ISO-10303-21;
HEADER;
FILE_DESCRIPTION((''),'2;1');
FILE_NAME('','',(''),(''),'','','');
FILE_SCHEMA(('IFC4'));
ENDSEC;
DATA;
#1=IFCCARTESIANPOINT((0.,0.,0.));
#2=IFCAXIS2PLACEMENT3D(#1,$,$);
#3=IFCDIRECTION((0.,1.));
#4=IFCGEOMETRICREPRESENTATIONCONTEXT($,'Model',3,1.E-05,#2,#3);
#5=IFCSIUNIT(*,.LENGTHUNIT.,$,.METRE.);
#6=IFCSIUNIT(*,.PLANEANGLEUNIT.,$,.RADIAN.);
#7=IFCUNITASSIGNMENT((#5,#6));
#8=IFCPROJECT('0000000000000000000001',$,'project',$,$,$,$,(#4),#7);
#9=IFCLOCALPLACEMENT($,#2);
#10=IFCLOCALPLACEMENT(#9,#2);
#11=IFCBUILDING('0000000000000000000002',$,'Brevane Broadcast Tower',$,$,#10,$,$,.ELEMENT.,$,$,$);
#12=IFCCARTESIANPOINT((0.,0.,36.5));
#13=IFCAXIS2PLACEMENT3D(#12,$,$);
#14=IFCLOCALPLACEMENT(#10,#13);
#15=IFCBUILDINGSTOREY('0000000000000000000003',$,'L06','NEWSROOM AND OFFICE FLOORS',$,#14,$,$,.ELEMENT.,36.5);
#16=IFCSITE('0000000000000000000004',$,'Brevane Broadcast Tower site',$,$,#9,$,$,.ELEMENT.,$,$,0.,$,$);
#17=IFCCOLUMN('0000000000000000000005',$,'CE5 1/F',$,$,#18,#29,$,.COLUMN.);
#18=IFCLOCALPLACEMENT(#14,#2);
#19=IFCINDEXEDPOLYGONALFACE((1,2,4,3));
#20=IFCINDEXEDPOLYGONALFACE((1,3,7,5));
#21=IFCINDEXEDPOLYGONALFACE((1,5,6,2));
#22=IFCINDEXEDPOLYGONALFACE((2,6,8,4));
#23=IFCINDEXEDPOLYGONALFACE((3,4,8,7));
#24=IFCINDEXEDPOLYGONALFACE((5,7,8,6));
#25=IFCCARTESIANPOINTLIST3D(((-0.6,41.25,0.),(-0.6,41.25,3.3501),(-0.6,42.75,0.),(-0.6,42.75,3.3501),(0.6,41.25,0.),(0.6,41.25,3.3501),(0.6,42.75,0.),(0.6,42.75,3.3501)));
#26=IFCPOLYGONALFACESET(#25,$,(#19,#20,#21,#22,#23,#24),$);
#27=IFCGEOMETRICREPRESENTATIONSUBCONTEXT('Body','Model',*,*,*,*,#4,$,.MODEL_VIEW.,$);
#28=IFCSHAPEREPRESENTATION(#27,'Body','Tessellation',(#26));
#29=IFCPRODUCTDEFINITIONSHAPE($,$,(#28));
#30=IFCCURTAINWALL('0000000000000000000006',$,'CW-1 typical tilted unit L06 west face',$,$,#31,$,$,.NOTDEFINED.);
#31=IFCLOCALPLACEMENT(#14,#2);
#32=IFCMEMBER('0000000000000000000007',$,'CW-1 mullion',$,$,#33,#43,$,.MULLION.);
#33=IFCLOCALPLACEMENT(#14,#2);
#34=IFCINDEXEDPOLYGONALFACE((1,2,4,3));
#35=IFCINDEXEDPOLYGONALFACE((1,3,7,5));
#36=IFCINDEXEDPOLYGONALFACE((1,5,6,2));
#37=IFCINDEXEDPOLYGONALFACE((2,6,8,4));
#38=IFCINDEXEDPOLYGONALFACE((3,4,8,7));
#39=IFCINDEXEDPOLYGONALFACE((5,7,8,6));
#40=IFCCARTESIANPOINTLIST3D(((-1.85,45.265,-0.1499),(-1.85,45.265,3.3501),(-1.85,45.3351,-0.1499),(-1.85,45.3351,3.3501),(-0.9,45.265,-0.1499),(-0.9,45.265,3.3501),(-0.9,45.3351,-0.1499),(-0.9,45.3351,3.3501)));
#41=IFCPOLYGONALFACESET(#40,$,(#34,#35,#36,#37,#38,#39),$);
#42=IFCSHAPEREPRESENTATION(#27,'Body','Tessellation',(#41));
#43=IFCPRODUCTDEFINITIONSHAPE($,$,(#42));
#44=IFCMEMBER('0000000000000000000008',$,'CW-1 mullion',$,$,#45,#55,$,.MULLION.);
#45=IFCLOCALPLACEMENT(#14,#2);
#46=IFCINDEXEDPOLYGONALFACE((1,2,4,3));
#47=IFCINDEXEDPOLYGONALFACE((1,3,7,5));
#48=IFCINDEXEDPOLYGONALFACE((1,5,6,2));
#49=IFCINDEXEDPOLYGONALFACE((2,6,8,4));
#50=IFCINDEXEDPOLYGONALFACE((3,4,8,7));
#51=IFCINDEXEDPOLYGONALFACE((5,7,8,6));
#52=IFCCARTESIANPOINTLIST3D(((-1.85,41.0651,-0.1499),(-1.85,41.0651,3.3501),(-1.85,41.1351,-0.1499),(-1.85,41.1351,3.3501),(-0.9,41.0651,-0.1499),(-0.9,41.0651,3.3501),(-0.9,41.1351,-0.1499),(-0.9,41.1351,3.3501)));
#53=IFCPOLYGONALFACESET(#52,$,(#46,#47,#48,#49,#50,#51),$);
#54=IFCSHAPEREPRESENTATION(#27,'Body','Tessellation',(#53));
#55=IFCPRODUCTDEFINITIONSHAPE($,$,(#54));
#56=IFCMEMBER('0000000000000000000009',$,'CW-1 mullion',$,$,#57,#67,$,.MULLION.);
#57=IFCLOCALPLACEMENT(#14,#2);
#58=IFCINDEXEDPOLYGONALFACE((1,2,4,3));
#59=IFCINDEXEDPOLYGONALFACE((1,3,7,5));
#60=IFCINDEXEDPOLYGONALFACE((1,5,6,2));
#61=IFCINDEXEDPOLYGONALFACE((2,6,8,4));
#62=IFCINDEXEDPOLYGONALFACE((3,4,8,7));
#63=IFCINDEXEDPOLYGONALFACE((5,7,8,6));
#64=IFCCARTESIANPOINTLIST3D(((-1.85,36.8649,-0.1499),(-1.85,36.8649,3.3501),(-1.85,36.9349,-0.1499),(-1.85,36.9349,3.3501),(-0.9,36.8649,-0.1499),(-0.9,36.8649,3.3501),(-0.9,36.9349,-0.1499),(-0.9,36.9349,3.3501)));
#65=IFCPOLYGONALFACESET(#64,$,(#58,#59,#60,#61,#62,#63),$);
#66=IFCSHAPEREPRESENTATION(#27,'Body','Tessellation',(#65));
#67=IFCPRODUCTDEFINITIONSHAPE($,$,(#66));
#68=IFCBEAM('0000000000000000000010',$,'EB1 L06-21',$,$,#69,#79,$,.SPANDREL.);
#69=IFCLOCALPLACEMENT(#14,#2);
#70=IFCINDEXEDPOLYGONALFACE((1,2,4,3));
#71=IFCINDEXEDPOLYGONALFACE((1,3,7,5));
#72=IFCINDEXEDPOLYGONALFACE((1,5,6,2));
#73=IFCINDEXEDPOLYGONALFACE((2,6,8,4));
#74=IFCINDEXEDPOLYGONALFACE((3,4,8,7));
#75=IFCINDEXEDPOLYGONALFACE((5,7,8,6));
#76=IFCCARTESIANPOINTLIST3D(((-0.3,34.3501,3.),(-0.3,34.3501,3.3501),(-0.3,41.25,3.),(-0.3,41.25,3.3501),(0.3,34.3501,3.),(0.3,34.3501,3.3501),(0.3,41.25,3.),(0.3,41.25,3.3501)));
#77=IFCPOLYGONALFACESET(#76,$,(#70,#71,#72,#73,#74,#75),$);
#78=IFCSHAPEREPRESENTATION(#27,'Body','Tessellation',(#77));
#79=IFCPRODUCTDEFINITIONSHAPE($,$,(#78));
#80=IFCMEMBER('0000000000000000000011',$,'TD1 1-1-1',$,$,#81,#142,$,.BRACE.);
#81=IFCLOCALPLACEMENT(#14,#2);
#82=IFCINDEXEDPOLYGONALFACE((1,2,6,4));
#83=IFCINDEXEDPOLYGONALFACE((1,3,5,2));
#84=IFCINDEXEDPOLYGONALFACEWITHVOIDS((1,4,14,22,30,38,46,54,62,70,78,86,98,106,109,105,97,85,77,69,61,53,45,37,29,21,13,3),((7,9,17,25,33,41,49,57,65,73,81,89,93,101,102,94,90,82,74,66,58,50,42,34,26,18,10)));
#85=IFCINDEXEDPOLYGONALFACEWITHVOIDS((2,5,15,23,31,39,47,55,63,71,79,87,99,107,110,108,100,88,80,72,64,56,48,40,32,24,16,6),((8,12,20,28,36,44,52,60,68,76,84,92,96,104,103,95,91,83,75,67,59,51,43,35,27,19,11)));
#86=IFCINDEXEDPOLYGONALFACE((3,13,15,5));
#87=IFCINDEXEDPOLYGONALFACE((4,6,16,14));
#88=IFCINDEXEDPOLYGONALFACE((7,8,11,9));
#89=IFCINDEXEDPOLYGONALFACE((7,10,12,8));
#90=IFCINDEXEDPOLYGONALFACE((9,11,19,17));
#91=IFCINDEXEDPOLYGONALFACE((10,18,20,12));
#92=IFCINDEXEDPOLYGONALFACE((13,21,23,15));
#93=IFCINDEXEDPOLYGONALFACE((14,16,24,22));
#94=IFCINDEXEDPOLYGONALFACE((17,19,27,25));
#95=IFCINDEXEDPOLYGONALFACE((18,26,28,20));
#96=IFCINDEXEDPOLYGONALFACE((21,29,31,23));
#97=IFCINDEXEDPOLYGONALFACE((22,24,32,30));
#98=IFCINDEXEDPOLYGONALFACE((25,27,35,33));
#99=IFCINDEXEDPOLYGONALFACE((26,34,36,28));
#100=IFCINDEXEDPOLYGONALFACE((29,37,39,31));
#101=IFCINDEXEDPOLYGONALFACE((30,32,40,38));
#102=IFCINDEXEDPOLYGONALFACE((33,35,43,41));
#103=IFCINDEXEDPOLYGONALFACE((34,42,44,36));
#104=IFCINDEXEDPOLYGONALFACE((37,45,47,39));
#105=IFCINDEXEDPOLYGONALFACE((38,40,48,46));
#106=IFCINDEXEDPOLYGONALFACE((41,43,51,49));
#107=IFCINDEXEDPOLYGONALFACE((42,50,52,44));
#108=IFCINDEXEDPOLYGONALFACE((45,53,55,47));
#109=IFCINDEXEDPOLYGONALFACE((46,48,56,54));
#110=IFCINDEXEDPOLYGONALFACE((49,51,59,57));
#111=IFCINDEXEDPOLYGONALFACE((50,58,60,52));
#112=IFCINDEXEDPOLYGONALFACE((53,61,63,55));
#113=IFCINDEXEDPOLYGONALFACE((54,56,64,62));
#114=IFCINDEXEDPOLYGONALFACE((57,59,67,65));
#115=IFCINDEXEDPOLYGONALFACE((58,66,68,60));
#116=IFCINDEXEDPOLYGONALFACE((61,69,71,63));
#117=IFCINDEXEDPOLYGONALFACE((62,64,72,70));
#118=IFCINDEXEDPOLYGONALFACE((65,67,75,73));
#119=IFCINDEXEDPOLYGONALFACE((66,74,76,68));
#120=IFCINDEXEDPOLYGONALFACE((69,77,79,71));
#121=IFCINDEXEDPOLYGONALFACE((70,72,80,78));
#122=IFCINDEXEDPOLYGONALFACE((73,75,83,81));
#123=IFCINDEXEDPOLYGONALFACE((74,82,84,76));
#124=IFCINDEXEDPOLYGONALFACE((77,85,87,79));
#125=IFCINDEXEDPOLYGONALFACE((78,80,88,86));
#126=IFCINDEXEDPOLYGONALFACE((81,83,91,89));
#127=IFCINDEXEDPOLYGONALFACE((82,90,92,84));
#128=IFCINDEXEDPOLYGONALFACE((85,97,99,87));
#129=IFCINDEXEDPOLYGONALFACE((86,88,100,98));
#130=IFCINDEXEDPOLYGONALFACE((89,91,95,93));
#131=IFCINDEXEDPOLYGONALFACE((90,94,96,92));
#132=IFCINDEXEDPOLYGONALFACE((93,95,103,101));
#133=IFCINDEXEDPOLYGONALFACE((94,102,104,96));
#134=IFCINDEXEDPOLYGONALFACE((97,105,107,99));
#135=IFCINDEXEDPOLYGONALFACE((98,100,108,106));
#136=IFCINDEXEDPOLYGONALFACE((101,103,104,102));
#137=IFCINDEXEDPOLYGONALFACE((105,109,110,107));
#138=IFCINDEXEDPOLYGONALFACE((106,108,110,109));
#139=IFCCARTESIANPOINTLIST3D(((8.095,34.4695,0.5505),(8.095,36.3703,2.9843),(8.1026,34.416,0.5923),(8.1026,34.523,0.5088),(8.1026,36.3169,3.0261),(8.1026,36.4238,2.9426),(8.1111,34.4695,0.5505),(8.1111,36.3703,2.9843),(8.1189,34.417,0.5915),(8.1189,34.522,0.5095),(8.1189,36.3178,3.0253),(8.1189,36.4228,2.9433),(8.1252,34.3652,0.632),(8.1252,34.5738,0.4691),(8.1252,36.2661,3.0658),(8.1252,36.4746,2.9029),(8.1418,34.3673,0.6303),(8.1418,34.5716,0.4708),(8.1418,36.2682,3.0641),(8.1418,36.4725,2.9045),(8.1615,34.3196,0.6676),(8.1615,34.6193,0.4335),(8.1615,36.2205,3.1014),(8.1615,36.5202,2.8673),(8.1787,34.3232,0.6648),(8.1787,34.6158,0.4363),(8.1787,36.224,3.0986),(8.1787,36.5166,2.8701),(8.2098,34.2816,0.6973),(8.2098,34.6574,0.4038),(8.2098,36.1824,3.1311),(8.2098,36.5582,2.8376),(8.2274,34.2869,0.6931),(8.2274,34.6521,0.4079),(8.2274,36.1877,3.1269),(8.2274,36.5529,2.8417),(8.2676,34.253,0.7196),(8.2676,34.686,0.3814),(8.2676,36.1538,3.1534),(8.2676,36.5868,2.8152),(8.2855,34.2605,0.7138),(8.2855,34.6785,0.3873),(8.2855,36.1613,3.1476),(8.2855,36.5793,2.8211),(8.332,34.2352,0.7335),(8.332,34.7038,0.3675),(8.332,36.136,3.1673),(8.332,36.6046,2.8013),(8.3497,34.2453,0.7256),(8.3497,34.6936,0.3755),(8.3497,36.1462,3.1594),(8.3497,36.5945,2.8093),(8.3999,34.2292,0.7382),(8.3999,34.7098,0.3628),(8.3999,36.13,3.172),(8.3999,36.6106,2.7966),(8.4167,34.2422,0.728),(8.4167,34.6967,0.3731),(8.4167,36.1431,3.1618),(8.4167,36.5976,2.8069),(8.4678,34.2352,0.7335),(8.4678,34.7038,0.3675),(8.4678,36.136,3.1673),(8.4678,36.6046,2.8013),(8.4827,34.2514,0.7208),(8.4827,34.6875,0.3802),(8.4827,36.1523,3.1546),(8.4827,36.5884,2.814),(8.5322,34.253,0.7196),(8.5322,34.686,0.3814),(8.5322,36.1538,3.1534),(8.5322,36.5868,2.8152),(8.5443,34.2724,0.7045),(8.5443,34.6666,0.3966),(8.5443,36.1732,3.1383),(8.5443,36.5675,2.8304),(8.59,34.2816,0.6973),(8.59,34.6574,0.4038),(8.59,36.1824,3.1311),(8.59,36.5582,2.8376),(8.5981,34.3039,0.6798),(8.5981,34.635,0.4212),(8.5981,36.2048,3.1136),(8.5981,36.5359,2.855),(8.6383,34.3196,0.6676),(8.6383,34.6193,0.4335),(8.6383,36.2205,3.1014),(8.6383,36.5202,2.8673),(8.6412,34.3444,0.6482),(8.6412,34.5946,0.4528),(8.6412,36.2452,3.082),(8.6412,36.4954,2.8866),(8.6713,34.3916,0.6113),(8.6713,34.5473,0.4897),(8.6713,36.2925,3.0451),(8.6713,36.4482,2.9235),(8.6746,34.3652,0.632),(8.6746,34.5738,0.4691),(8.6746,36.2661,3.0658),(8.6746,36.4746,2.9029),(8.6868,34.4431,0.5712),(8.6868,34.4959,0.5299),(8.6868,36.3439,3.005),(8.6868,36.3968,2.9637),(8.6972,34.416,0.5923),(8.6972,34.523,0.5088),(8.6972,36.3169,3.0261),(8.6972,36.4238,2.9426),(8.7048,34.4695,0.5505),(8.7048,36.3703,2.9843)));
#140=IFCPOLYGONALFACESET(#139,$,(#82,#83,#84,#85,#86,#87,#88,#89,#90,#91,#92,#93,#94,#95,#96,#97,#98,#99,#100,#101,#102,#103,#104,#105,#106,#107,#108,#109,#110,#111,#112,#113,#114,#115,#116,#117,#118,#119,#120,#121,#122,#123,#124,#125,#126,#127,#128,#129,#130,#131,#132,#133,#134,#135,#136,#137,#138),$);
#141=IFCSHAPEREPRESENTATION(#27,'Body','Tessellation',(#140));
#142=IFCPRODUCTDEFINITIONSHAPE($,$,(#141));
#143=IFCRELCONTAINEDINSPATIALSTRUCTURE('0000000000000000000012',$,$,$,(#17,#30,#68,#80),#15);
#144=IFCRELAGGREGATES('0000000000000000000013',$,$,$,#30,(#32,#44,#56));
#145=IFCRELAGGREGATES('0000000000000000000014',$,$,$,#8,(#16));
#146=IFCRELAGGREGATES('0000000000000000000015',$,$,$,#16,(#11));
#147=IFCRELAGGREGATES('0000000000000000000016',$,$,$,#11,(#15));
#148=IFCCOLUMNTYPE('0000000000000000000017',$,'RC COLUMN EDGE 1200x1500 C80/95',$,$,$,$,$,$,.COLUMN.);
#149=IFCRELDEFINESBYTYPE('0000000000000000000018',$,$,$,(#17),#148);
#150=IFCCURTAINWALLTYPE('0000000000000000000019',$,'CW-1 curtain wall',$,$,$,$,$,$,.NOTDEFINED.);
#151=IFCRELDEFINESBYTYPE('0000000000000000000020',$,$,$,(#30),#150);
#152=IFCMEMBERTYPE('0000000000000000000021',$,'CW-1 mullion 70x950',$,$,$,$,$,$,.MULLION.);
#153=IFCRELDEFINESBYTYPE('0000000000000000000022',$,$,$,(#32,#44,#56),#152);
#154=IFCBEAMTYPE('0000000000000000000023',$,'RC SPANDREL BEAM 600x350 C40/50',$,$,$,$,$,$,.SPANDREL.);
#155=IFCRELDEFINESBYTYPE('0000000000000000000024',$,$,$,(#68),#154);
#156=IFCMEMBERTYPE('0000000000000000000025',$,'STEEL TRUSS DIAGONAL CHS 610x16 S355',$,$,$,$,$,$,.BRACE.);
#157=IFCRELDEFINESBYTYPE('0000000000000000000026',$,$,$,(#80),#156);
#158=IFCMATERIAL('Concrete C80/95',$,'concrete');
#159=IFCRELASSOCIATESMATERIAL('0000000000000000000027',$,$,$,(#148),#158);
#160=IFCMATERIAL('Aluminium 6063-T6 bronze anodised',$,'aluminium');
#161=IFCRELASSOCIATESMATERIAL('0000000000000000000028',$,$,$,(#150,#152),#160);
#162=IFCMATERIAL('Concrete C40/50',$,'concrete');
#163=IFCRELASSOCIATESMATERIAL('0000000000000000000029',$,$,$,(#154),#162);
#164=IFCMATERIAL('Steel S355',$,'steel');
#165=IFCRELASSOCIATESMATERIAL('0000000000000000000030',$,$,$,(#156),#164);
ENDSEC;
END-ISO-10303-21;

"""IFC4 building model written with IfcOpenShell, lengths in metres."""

from ifc_helpers import new_model, si_unit, direction, frame, origin, origin_2d, place, context, subcontext, project, spatial, rectangle, hollow_circle, extrude, material, material_profile, profile_set, type_object, element, aggregate, save


model = new_model("IFC4")

# Units and contexts
model_context = context("Model", 3, precision=1e-05, world=origin(), true_north=direction((0.0, 1.0)))
body_context = subcontext(model_context, "Body", "Model", "MODEL_VIEW")
ifc_project = project(units=[si_unit("LENGTHUNIT", "METRE"), si_unit("PLANEANGLEUNIT", "RADIAN")], contexts=[model_context])

# Site, building, storey
site_placement = place(None, origin())
site = spatial("IfcSite", under=ifc_project, at=site_placement, Name="Brevane Broadcast Tower site", CompositionType="ELEMENT", RefElevation=0.0)
building_placement = place(site_placement, origin())
building = spatial("IfcBuilding", under=site, at=building_placement, Name="Brevane Broadcast Tower", CompositionType="ELEMENT")
storey_placement = place(building_placement, frame((0.0, 0.0, 36.5)))
storey = spatial("IfcBuildingStorey", under=building, at=storey_placement, Name="L06", Description="NEWSROOM AND OFFICE FLOORS", CompositionType="ELEMENT", Elevation=36.5)

# Column
ifc_material_1 = material(Name="Concrete C80/95", Category="concrete")
ifc_material_profile_1 = material_profile(ifc_material_1, rectangle(XDim=1.2, YDim=1.5, at=origin_2d()), Name="RC 1200x1500")
ifc_profile_set_1 = profile_set([ifc_material_profile_1], Name="Concrete C80/95")
column_type = type_object("IfcColumnType", Name="RC COLUMN EDGE 1200x1500 C80/95", PredefinedType="COLUMN", material=ifc_profile_set_1)
column_placement = place(storey_placement, frame((0.0, 42.0, 0.0), z_axis=(0.0, 0.0, 1.0), x_axis=(1.0, 0.0, 0.0)))
element("IfcColumn", 1, at=column_placement, inside=storey, type_object=column_type, Name="CE5 1/F", PredefinedType="COLUMN", context=body_context, shape_type="SweptSolid", body=[
    extrude(rectangle(XDim=1.2, YDim=1.5, at=origin_2d()), origin(), (0.0, 0.0, 1.0), 3.3501),
])

# Curtain wall, members
ifc_material_2 = material(Name="Aluminium 6063-T6 bronze anodised", Category="aluminium")
curtain_wall_type = type_object("IfcCurtainWallType", Name="CW-1 curtain wall", PredefinedType="NOTDEFINED", material=ifc_material_2)
curtain_wall_placement = place(storey_placement, origin())
curtain_wall = element("IfcCurtainWall", 2, at=curtain_wall_placement, inside=storey, type_object=curtain_wall_type, Name="CW-1 typical tilted unit L06 west face", PredefinedType="NOTDEFINED")
ifc_material_profile_2 = material_profile(ifc_material_2, rectangle(XDim=0.95, YDim=0.0701, at=origin_2d()), Name="RECT 70x950")
ifc_profile_set_2 = profile_set([ifc_material_profile_2], Name="Aluminium 6063-T6 bronze anodised")
member_type_1 = type_object("IfcMemberType", Name="CW-1 mullion 70x950", PredefinedType="MULLION", material=ifc_profile_set_2)
member_1_placement = place(storey_placement, frame((-1.375, 45.3, -0.1499), z_axis=(0.0, 0.0, 1.0), x_axis=(1.0, 0.0, 0.0)))
member_1 = element("IfcMember", 3, at=member_1_placement, type_object=member_type_1, Name="CW-1 mullion", PredefinedType="MULLION", context=body_context, shape_type="SweptSolid", body=[
    extrude(rectangle(XDim=0.95, YDim=0.0701, at=origin_2d()), origin(), (0.0, 0.0, 1.0), 3.5),
])
member_2_placement = place(storey_placement, frame((-1.375, 41.1001, -0.1499), z_axis=(0.0, 0.0, 1.0), x_axis=(1.0, 0.0, 0.0)))
member_2 = element("IfcMember", 4, at=member_2_placement, type_object=member_type_1, Name="CW-1 mullion", PredefinedType="MULLION", context=body_context, shape_type="SweptSolid", body=[
    extrude(rectangle(XDim=0.95, YDim=0.0701, at=origin_2d()), origin(), (0.0, 0.0, 1.0), 3.5),
])
member_3_placement = place(storey_placement, frame((-1.375, 36.8999, -0.1499), z_axis=(0.0, 0.0, 1.0), x_axis=(1.0, 0.0, 0.0)))
member_3 = element("IfcMember", 5, at=member_3_placement, type_object=member_type_1, Name="CW-1 mullion", PredefinedType="MULLION", context=body_context, shape_type="SweptSolid", body=[
    extrude(rectangle(XDim=0.95, YDim=0.0701, at=origin_2d()), origin(), (0.0, 0.0, 1.0), 3.5),
])
aggregate(curtain_wall, [member_1, member_2, member_3])

# Beam
ifc_material_3 = material(Name="Concrete C40/50", Category="concrete")
ifc_material_profile_3 = material_profile(ifc_material_3, rectangle(XDim=0.6001, YDim=0.3501, at=origin_2d()), Name="RC 600x350")
ifc_profile_set_3 = profile_set([ifc_material_profile_3], Name="Concrete C40/50")
beam_type = type_object("IfcBeamType", Name="RC SPANDREL BEAM 600x350 C40/50", PredefinedType="SPANDREL", material=ifc_profile_set_3)
beam_placement = place(storey_placement, frame((0.0, 41.25, 3.175), z_axis=(0.0, -1.0, 0.0), x_axis=(1.0, 0.0, 0.0)))
element("IfcBeam", 6, at=beam_placement, inside=storey, type_object=beam_type, Name="EB1 L06-21", PredefinedType="SPANDREL", context=body_context, shape_type="SweptSolid", body=[
    extrude(rectangle(XDim=0.6001, YDim=0.3501, at=origin_2d()), origin(), (0.0, 0.0, 1.0), 6.8999),
])

# Member
ifc_material_4 = material(Name="Steel S355", Category="steel")
ifc_material_profile_4 = material_profile(ifc_material_4, hollow_circle(Radius=0.3049, WallThickness=0.0161, at=origin_2d()), Name="CHS 610x16")
ifc_profile_set_4 = profile_set([ifc_material_profile_4], Name="Steel S355")
member_type_2 = type_object("IfcMemberType", Name="STEEL TRUSS DIAGONAL CHS 610x16 S355", PredefinedType="BRACE", material=ifc_profile_set_4)
for number, where, z_axis, x_axis, name in (
    (7, (8.3999, 34.4695, 0.5505), (0.0, 0.615532, 0.788112), (-1.0, 0.0, 0.0), "TD1 1-1-1"),
):
    element("IfcMember", number, at=place(storey_placement, frame(where, z_axis=z_axis, x_axis=x_axis)), inside=storey, type_object=member_type_2, Name=name, PredefinedType="BRACE", context=body_context, shape_type="SweptSolid", body=[
        extrude(hollow_circle(Radius=0.3049, WallThickness=0.0161, at=origin_2d()), origin(), (0.0, 0.0, 1.0), 3.0881),
    ])

save(model, "model.ifc")
